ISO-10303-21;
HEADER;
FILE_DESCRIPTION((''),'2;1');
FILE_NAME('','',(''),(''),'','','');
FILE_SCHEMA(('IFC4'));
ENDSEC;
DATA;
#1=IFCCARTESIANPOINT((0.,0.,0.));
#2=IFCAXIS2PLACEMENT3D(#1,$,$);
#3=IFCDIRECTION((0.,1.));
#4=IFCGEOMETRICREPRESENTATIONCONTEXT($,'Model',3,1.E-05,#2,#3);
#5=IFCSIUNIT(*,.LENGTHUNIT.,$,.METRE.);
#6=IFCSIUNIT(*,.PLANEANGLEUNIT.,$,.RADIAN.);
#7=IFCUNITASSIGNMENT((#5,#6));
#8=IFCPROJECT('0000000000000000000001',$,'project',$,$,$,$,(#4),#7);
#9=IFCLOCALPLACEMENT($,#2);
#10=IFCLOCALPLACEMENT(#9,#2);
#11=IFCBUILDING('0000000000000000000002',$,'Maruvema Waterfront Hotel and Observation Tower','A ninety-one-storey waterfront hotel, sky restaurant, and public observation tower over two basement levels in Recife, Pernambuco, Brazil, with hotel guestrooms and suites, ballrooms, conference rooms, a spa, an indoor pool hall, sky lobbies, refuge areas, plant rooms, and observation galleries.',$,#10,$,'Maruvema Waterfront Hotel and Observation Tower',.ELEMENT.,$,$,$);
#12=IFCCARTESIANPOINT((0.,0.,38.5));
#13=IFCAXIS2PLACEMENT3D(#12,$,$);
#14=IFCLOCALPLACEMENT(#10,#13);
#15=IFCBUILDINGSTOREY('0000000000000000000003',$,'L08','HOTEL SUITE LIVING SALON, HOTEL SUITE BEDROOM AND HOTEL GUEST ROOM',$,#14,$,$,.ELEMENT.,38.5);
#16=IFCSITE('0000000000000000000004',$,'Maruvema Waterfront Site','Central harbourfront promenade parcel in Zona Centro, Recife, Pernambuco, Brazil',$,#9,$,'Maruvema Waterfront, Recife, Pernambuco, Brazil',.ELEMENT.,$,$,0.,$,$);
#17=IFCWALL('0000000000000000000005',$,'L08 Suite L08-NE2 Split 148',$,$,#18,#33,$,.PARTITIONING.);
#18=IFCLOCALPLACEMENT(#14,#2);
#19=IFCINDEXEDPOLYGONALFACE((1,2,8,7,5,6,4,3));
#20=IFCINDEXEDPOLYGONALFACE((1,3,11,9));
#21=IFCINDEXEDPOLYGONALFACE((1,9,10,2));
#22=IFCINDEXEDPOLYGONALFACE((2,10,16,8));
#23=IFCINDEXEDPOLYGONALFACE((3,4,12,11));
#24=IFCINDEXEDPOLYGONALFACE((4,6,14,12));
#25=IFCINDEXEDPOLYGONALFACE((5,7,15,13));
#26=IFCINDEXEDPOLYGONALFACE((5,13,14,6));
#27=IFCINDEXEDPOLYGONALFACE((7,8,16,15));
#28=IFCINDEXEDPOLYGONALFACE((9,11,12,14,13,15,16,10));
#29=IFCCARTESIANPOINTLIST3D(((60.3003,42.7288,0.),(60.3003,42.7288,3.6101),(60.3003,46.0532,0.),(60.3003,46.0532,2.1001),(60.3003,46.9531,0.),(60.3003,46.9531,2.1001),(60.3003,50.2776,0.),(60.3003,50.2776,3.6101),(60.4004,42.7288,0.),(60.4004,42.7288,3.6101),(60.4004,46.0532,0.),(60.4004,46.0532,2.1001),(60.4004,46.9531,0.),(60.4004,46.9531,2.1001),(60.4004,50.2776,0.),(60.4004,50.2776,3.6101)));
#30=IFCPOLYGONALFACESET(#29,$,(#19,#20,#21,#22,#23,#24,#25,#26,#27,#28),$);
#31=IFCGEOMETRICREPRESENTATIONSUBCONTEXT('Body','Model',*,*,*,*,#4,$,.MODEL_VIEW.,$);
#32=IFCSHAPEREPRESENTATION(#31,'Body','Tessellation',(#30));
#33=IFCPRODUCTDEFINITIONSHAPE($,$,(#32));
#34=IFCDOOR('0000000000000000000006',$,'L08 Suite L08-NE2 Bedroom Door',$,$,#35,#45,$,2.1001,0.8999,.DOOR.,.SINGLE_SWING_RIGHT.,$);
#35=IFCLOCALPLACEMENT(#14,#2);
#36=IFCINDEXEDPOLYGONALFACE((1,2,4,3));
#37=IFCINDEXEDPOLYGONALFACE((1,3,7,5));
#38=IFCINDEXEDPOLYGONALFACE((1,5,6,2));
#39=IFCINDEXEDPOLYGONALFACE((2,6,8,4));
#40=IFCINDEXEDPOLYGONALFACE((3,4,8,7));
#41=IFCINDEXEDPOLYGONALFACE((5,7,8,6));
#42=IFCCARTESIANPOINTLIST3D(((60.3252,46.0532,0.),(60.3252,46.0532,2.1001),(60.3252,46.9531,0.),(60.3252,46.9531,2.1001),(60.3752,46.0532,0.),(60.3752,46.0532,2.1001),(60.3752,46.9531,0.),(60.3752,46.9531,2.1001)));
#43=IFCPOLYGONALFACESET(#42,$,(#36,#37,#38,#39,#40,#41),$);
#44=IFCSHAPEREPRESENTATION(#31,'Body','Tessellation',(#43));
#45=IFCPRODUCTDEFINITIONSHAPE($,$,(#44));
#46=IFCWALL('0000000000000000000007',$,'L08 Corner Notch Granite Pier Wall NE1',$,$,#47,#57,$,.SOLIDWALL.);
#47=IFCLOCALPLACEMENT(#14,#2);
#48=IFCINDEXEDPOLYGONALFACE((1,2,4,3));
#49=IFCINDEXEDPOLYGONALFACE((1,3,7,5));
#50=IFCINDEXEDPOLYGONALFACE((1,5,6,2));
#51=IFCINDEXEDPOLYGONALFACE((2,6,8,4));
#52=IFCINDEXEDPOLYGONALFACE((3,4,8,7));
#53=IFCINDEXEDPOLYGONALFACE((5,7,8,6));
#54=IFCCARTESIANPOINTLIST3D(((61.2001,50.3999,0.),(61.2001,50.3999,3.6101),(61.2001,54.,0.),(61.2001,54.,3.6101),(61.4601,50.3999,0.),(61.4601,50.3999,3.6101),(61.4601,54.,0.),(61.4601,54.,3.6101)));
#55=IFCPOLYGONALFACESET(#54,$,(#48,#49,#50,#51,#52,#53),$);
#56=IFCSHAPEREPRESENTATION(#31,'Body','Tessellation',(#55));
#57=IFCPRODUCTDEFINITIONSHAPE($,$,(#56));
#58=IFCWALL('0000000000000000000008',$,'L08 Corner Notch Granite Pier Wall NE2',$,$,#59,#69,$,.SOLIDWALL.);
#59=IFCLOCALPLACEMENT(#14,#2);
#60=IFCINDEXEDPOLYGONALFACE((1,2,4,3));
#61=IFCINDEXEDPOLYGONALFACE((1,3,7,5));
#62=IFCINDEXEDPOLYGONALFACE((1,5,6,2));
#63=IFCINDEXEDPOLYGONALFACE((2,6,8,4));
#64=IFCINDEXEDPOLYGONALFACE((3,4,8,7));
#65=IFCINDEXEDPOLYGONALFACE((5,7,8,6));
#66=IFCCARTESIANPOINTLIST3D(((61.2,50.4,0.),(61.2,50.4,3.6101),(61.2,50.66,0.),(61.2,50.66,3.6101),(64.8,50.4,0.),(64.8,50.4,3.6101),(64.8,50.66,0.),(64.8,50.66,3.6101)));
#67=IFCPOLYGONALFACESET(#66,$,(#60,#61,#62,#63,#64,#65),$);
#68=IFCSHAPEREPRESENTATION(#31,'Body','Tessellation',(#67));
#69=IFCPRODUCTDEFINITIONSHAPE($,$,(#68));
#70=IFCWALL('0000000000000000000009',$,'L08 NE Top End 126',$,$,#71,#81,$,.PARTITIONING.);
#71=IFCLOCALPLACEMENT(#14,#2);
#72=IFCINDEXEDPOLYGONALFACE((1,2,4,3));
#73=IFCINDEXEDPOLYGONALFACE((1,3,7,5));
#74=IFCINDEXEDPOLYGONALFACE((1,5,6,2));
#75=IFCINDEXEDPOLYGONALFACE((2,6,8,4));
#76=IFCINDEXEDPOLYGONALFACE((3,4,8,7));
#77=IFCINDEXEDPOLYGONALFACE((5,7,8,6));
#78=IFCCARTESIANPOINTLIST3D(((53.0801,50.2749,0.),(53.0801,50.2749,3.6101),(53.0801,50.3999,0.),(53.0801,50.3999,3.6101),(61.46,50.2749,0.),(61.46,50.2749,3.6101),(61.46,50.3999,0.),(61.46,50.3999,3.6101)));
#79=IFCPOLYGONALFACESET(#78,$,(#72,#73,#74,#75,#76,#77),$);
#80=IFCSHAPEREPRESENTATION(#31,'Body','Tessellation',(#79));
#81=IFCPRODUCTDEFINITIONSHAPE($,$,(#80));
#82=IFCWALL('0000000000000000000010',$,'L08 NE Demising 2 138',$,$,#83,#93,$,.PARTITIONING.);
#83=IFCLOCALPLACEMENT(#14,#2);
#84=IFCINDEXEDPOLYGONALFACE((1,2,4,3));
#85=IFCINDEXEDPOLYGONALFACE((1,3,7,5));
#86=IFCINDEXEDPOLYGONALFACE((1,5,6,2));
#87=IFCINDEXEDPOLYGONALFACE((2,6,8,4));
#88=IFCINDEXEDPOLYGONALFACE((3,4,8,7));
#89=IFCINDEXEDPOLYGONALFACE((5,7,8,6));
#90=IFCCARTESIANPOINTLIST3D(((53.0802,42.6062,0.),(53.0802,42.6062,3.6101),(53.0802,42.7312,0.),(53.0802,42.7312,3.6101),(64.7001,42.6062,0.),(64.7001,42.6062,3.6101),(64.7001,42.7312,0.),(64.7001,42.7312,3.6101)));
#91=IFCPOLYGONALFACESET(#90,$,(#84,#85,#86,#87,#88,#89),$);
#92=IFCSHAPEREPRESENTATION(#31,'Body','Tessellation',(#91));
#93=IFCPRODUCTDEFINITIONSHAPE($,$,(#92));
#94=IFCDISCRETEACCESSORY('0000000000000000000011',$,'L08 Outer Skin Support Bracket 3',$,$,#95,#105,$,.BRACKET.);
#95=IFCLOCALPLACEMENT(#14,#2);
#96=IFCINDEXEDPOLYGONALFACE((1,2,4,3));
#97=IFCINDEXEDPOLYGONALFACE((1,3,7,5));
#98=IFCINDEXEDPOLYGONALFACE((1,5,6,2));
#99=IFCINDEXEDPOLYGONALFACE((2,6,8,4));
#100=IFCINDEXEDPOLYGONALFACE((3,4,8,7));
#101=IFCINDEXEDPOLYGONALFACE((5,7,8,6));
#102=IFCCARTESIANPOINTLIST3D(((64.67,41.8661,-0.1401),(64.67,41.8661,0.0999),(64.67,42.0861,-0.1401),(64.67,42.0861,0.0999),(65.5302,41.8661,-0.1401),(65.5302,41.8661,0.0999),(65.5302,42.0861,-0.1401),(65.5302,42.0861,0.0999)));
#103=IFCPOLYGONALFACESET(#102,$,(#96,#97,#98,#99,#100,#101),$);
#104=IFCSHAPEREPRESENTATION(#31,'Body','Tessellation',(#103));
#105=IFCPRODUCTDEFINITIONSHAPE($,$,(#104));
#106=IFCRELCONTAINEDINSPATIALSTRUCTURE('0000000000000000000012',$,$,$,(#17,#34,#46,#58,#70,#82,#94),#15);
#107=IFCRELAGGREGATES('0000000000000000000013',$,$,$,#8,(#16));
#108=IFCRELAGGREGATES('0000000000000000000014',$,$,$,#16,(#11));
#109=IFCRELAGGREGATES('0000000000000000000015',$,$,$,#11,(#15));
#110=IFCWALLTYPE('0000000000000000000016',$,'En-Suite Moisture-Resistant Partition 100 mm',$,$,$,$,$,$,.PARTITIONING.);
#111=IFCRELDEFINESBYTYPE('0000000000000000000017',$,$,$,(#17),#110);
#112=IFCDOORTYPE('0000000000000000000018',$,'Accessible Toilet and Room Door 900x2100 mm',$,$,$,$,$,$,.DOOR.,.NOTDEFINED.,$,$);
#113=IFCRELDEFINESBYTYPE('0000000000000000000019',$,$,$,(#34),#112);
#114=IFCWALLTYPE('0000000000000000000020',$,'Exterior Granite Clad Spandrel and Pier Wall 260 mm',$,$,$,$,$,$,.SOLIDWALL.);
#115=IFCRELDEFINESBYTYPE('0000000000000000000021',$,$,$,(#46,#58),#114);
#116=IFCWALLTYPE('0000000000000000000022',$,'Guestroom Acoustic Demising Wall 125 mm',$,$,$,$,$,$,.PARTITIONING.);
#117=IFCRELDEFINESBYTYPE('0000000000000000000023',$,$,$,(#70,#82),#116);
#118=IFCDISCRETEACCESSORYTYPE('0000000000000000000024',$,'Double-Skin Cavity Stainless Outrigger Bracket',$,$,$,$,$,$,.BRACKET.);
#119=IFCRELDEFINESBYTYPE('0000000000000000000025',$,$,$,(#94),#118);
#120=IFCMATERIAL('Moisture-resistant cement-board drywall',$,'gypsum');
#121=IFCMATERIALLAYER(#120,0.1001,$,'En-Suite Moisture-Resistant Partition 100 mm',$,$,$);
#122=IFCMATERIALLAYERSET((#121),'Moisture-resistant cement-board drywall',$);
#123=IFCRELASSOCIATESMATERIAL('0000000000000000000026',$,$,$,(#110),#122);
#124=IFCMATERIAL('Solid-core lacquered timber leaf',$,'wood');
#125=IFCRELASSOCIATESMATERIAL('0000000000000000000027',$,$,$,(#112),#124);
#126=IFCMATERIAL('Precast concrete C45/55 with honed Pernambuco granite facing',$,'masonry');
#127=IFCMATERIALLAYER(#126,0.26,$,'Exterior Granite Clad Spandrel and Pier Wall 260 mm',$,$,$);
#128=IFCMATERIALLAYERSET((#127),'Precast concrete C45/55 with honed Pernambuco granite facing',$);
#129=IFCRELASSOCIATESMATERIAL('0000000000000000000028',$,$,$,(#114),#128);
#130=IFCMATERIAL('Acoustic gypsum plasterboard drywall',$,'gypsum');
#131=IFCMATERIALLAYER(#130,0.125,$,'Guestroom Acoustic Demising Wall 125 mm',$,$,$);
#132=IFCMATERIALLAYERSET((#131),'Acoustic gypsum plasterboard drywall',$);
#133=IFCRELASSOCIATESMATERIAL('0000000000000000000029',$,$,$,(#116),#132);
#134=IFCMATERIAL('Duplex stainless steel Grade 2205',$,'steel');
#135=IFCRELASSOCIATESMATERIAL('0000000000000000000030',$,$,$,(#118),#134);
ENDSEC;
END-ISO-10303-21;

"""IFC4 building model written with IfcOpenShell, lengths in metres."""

from ifc_helpers import new_model, si_unit, direction, frame, frame_2d, origin, origin_2d, place, context, subcontext, project, spatial, rectangle, extrude, material, layer, layer_set, type_object, element, fill, save


model = new_model("IFC4")

# Units and contexts
model_context = context("Model", 3, precision=1e-05, world=origin(), true_north=direction((0.0, 1.0)))
body_context = subcontext(model_context, "Body", "Model", "MODEL_VIEW")
ifc_project = project(units=[si_unit("LENGTHUNIT", "METRE"), si_unit("PLANEANGLEUNIT", "RADIAN")], contexts=[model_context])

# Site, building, storey
site_placement = place(None, origin())
site = spatial("IfcSite", under=ifc_project, at=site_placement, Name="Maruvema Waterfront Site", Description="Central harbourfront promenade parcel in Zona Centro, Recife, Pernambuco, Brazil", LongName="Maruvema Waterfront, Recife, Pernambuco, Brazil", CompositionType="ELEMENT", RefElevation=0.0)
building_placement = place(site_placement, origin())
building = spatial("IfcBuilding", under=site, at=building_placement, Name="Maruvema Waterfront Hotel and Observation Tower", Description="A ninety-one-storey waterfront hotel, sky restaurant, and public observation tower over two basement levels in Recife, Pernambuco, Brazil, with hotel guestrooms and suites, ballrooms, conference rooms, a spa, an indoor pool hall, sky lobbies, refuge areas, plant rooms, and observation galleries.", LongName="Maruvema Waterfront Hotel and Observation Tower", CompositionType="ELEMENT")
storey_placement = place(building_placement, frame((0.0, 0.0, 38.5)))
storey = spatial("IfcBuildingStorey", under=building, at=storey_placement, Name="L08", Description="HOTEL SUITE LIVING SALON, HOTEL SUITE BEDROOM AND HOTEL GUEST ROOM", CompositionType="ELEMENT", Elevation=38.5)

# Shared definitions
ifc_material_1 = material(Name="Moisture-resistant cement-board drywall", Category="gypsum")
ifc_layer_1 = layer(ifc_material_1, 0.1001, Name="En-Suite Moisture-Resistant Partition 100 mm")
ifc_layer_set_1 = layer_set([ifc_layer_1], Name="Moisture-resistant cement-board drywall")
wall_type_1 = type_object("IfcWallType", Name="En-Suite Moisture-Resistant Partition 100 mm", PredefinedType="PARTITIONING", material=ifc_layer_set_1)

# Wall, opening, door
wall_1_placement = place(storey_placement, frame((60.3503, 42.7288, 0.0), z_axis=(0.0, 0.0, 1.0), x_axis=(0.0, 1.0, 0.0)))
wall_1 = element("IfcWall", 1, at=wall_1_placement, inside=storey, type_object=wall_type_1, Name="L08 Suite L08-NE2 Split 148", PredefinedType="PARTITIONING", context=body_context, shape_type="SweptSolid", body=[
    extrude(rectangle(XDim=7.5488, YDim=0.1001, at=frame_2d((3.7744, 0.0))), origin(), (0.0, 0.0, 1.0), 3.6101),
])
opening_1_placement = place(wall_1_placement, frame((3.3245, 0.0, 0.0)))
opening_1 = element("IfcOpeningElement", 2, at=opening_1_placement, cuts=wall_1, PredefinedType="OPENING", context=body_context, shape_type="SweptSolid", body=[
    extrude(rectangle(XDim=0.8999, YDim=2.1001, at=frame_2d((0.45, 1.05))), frame((0.0, 0.0601, 0.0), z_axis=(0.0, -1.0, 0.0), x_axis=(1.0, 0.0, 0.0)), (0.0, 0.0, 1.0), 0.1201),
])
ifc_material_2 = material(Name="Solid-core lacquered timber leaf", Category="wood")
door_type_1 = type_object("IfcDoorType", Name="Accessible Toilet and Room Door 900x2100 mm", OperationType="NOTDEFINED", PredefinedType="DOOR", material=ifc_material_2)
door_1_placement = place(opening_1_placement, frame((0.8999, 0.0, 0.0), z_axis=(0.0, 0.0, 1.0), x_axis=(-1.0, 0.0, 0.0)))
door_1 = element("IfcDoor", 3, at=door_1_placement, inside=storey, type_object=door_type_1, Name="L08 Suite L08-NE2 Bedroom Door", OperationType="SINGLE_SWING_RIGHT", OverallHeight=2.1001, OverallWidth=0.8999, PredefinedType="DOOR", context=body_context, shape_type="SweptSolid", body=[
    extrude(rectangle(XDim=0.8999, YDim=2.1001, at=frame_2d((0.45, 1.05))), frame((0.0, 0.0249, 0.0), z_axis=(0.0, -1.0, 0.0), x_axis=(1.0, 0.0, 0.0)), (0.0, 0.0, 1.0), 0.05),
])
fill(opening_1, door_1)

# Walls
ifc_material_3 = material(Name="Precast concrete C45/55 with honed Pernambuco granite facing", Category="masonry")
ifc_layer_2 = layer(ifc_material_3, 0.26, Name="Exterior Granite Clad Spandrel and Pier Wall 260 mm")
ifc_layer_set_2 = layer_set([ifc_layer_2], Name="Precast concrete C45/55 with honed Pernambuco granite facing")
wall_type_2 = type_object("IfcWallType", Name="Exterior Granite Clad Spandrel and Pier Wall 260 mm", PredefinedType="SOLIDWALL", material=ifc_layer_set_2)
for number, where, z_axis, x_axis, name in (
    (4, (61.3301, 54.0, 0.0), (0.0, 0.0, 1.0), (0.0, -1.0, 0.0), "L08 Corner Notch Granite Pier Wall NE1"),
    (5, (61.2, 50.53, 0.0), (0.0, 0.0, 1.0), (1.0, 0.0, 0.0), "L08 Corner Notch Granite Pier Wall NE2"),
):
    element("IfcWall", number, at=place(storey_placement, frame(where, z_axis=z_axis, x_axis=x_axis)), inside=storey, type_object=wall_type_2, Name=name, PredefinedType="SOLIDWALL", context=body_context, shape_type="SweptSolid", body=[
        extrude(rectangle(XDim=3.6001, YDim=0.26, at=frame_2d((1.8, 0.0))), origin(), (0.0, 0.0, 1.0), 3.6101),
    ])
ifc_material_4 = material(Name="Acoustic gypsum plasterboard drywall", Category="gypsum")
ifc_layer_3 = layer(ifc_material_4, 0.125, Name="Guestroom Acoustic Demising Wall 125 mm")
ifc_layer_set_3 = layer_set([ifc_layer_3], Name="Acoustic gypsum plasterboard drywall")
wall_type_3 = type_object("IfcWallType", Name="Guestroom Acoustic Demising Wall 125 mm", PredefinedType="PARTITIONING", material=ifc_layer_set_3)
wall_2_placement = place(storey_placement, frame((53.0801, 50.3374, 0.0), z_axis=(0.0, 0.0, 1.0), x_axis=(1.0, 0.0, 0.0)))
element("IfcWall", 6, at=wall_2_placement, inside=storey, type_object=wall_type_3, Name="L08 NE Top End 126", PredefinedType="PARTITIONING", context=body_context, shape_type="SweptSolid", body=[
    extrude(rectangle(XDim=8.3799, YDim=0.125, at=frame_2d((4.1899, 0.0))), origin(), (0.0, 0.0, 1.0), 3.6101),
])
wall_3_placement = place(storey_placement, frame((53.0801, 42.6687, 0.0), z_axis=(0.0, 0.0, 1.0), x_axis=(1.0, 0.0, 0.0)))
element("IfcWall", 7, at=wall_3_placement, inside=storey, type_object=wall_type_3, Name="L08 NE Demising 2 138", PredefinedType="PARTITIONING", context=body_context, shape_type="SweptSolid", body=[
    extrude(rectangle(XDim=11.6199, YDim=0.125, at=frame_2d((5.8101, 0.0))), origin(), (0.0, 0.0, 1.0), 3.6101),
])

# Discrete accessory
ifc_material_5 = material(Name="Duplex stainless steel Grade 2205", Category="steel")
discrete_accessory_type = type_object("IfcDiscreteAccessoryType", Name="Double-Skin Cavity Stainless Outrigger Bracket", PredefinedType="BRACKET", material=ifc_material_5)
discrete_accessory_placement = place(storey_placement, frame((65.1001, 41.9761, -0.1401), z_axis=(0.0, 0.0, 1.0), x_axis=(0.0, 1.0, 0.0)))
element("IfcDiscreteAccessory", 8, at=discrete_accessory_placement, inside=storey, type_object=discrete_accessory_type, Name="L08 Outer Skin Support Bracket 3", PredefinedType="BRACKET", context=body_context, shape_type="SweptSolid", body=[
    extrude(rectangle(XDim=0.22, YDim=0.8601, at=origin_2d()), origin(), (0.0, 0.0, 1.0), 0.24),
])

save(model, "model.ifc")
